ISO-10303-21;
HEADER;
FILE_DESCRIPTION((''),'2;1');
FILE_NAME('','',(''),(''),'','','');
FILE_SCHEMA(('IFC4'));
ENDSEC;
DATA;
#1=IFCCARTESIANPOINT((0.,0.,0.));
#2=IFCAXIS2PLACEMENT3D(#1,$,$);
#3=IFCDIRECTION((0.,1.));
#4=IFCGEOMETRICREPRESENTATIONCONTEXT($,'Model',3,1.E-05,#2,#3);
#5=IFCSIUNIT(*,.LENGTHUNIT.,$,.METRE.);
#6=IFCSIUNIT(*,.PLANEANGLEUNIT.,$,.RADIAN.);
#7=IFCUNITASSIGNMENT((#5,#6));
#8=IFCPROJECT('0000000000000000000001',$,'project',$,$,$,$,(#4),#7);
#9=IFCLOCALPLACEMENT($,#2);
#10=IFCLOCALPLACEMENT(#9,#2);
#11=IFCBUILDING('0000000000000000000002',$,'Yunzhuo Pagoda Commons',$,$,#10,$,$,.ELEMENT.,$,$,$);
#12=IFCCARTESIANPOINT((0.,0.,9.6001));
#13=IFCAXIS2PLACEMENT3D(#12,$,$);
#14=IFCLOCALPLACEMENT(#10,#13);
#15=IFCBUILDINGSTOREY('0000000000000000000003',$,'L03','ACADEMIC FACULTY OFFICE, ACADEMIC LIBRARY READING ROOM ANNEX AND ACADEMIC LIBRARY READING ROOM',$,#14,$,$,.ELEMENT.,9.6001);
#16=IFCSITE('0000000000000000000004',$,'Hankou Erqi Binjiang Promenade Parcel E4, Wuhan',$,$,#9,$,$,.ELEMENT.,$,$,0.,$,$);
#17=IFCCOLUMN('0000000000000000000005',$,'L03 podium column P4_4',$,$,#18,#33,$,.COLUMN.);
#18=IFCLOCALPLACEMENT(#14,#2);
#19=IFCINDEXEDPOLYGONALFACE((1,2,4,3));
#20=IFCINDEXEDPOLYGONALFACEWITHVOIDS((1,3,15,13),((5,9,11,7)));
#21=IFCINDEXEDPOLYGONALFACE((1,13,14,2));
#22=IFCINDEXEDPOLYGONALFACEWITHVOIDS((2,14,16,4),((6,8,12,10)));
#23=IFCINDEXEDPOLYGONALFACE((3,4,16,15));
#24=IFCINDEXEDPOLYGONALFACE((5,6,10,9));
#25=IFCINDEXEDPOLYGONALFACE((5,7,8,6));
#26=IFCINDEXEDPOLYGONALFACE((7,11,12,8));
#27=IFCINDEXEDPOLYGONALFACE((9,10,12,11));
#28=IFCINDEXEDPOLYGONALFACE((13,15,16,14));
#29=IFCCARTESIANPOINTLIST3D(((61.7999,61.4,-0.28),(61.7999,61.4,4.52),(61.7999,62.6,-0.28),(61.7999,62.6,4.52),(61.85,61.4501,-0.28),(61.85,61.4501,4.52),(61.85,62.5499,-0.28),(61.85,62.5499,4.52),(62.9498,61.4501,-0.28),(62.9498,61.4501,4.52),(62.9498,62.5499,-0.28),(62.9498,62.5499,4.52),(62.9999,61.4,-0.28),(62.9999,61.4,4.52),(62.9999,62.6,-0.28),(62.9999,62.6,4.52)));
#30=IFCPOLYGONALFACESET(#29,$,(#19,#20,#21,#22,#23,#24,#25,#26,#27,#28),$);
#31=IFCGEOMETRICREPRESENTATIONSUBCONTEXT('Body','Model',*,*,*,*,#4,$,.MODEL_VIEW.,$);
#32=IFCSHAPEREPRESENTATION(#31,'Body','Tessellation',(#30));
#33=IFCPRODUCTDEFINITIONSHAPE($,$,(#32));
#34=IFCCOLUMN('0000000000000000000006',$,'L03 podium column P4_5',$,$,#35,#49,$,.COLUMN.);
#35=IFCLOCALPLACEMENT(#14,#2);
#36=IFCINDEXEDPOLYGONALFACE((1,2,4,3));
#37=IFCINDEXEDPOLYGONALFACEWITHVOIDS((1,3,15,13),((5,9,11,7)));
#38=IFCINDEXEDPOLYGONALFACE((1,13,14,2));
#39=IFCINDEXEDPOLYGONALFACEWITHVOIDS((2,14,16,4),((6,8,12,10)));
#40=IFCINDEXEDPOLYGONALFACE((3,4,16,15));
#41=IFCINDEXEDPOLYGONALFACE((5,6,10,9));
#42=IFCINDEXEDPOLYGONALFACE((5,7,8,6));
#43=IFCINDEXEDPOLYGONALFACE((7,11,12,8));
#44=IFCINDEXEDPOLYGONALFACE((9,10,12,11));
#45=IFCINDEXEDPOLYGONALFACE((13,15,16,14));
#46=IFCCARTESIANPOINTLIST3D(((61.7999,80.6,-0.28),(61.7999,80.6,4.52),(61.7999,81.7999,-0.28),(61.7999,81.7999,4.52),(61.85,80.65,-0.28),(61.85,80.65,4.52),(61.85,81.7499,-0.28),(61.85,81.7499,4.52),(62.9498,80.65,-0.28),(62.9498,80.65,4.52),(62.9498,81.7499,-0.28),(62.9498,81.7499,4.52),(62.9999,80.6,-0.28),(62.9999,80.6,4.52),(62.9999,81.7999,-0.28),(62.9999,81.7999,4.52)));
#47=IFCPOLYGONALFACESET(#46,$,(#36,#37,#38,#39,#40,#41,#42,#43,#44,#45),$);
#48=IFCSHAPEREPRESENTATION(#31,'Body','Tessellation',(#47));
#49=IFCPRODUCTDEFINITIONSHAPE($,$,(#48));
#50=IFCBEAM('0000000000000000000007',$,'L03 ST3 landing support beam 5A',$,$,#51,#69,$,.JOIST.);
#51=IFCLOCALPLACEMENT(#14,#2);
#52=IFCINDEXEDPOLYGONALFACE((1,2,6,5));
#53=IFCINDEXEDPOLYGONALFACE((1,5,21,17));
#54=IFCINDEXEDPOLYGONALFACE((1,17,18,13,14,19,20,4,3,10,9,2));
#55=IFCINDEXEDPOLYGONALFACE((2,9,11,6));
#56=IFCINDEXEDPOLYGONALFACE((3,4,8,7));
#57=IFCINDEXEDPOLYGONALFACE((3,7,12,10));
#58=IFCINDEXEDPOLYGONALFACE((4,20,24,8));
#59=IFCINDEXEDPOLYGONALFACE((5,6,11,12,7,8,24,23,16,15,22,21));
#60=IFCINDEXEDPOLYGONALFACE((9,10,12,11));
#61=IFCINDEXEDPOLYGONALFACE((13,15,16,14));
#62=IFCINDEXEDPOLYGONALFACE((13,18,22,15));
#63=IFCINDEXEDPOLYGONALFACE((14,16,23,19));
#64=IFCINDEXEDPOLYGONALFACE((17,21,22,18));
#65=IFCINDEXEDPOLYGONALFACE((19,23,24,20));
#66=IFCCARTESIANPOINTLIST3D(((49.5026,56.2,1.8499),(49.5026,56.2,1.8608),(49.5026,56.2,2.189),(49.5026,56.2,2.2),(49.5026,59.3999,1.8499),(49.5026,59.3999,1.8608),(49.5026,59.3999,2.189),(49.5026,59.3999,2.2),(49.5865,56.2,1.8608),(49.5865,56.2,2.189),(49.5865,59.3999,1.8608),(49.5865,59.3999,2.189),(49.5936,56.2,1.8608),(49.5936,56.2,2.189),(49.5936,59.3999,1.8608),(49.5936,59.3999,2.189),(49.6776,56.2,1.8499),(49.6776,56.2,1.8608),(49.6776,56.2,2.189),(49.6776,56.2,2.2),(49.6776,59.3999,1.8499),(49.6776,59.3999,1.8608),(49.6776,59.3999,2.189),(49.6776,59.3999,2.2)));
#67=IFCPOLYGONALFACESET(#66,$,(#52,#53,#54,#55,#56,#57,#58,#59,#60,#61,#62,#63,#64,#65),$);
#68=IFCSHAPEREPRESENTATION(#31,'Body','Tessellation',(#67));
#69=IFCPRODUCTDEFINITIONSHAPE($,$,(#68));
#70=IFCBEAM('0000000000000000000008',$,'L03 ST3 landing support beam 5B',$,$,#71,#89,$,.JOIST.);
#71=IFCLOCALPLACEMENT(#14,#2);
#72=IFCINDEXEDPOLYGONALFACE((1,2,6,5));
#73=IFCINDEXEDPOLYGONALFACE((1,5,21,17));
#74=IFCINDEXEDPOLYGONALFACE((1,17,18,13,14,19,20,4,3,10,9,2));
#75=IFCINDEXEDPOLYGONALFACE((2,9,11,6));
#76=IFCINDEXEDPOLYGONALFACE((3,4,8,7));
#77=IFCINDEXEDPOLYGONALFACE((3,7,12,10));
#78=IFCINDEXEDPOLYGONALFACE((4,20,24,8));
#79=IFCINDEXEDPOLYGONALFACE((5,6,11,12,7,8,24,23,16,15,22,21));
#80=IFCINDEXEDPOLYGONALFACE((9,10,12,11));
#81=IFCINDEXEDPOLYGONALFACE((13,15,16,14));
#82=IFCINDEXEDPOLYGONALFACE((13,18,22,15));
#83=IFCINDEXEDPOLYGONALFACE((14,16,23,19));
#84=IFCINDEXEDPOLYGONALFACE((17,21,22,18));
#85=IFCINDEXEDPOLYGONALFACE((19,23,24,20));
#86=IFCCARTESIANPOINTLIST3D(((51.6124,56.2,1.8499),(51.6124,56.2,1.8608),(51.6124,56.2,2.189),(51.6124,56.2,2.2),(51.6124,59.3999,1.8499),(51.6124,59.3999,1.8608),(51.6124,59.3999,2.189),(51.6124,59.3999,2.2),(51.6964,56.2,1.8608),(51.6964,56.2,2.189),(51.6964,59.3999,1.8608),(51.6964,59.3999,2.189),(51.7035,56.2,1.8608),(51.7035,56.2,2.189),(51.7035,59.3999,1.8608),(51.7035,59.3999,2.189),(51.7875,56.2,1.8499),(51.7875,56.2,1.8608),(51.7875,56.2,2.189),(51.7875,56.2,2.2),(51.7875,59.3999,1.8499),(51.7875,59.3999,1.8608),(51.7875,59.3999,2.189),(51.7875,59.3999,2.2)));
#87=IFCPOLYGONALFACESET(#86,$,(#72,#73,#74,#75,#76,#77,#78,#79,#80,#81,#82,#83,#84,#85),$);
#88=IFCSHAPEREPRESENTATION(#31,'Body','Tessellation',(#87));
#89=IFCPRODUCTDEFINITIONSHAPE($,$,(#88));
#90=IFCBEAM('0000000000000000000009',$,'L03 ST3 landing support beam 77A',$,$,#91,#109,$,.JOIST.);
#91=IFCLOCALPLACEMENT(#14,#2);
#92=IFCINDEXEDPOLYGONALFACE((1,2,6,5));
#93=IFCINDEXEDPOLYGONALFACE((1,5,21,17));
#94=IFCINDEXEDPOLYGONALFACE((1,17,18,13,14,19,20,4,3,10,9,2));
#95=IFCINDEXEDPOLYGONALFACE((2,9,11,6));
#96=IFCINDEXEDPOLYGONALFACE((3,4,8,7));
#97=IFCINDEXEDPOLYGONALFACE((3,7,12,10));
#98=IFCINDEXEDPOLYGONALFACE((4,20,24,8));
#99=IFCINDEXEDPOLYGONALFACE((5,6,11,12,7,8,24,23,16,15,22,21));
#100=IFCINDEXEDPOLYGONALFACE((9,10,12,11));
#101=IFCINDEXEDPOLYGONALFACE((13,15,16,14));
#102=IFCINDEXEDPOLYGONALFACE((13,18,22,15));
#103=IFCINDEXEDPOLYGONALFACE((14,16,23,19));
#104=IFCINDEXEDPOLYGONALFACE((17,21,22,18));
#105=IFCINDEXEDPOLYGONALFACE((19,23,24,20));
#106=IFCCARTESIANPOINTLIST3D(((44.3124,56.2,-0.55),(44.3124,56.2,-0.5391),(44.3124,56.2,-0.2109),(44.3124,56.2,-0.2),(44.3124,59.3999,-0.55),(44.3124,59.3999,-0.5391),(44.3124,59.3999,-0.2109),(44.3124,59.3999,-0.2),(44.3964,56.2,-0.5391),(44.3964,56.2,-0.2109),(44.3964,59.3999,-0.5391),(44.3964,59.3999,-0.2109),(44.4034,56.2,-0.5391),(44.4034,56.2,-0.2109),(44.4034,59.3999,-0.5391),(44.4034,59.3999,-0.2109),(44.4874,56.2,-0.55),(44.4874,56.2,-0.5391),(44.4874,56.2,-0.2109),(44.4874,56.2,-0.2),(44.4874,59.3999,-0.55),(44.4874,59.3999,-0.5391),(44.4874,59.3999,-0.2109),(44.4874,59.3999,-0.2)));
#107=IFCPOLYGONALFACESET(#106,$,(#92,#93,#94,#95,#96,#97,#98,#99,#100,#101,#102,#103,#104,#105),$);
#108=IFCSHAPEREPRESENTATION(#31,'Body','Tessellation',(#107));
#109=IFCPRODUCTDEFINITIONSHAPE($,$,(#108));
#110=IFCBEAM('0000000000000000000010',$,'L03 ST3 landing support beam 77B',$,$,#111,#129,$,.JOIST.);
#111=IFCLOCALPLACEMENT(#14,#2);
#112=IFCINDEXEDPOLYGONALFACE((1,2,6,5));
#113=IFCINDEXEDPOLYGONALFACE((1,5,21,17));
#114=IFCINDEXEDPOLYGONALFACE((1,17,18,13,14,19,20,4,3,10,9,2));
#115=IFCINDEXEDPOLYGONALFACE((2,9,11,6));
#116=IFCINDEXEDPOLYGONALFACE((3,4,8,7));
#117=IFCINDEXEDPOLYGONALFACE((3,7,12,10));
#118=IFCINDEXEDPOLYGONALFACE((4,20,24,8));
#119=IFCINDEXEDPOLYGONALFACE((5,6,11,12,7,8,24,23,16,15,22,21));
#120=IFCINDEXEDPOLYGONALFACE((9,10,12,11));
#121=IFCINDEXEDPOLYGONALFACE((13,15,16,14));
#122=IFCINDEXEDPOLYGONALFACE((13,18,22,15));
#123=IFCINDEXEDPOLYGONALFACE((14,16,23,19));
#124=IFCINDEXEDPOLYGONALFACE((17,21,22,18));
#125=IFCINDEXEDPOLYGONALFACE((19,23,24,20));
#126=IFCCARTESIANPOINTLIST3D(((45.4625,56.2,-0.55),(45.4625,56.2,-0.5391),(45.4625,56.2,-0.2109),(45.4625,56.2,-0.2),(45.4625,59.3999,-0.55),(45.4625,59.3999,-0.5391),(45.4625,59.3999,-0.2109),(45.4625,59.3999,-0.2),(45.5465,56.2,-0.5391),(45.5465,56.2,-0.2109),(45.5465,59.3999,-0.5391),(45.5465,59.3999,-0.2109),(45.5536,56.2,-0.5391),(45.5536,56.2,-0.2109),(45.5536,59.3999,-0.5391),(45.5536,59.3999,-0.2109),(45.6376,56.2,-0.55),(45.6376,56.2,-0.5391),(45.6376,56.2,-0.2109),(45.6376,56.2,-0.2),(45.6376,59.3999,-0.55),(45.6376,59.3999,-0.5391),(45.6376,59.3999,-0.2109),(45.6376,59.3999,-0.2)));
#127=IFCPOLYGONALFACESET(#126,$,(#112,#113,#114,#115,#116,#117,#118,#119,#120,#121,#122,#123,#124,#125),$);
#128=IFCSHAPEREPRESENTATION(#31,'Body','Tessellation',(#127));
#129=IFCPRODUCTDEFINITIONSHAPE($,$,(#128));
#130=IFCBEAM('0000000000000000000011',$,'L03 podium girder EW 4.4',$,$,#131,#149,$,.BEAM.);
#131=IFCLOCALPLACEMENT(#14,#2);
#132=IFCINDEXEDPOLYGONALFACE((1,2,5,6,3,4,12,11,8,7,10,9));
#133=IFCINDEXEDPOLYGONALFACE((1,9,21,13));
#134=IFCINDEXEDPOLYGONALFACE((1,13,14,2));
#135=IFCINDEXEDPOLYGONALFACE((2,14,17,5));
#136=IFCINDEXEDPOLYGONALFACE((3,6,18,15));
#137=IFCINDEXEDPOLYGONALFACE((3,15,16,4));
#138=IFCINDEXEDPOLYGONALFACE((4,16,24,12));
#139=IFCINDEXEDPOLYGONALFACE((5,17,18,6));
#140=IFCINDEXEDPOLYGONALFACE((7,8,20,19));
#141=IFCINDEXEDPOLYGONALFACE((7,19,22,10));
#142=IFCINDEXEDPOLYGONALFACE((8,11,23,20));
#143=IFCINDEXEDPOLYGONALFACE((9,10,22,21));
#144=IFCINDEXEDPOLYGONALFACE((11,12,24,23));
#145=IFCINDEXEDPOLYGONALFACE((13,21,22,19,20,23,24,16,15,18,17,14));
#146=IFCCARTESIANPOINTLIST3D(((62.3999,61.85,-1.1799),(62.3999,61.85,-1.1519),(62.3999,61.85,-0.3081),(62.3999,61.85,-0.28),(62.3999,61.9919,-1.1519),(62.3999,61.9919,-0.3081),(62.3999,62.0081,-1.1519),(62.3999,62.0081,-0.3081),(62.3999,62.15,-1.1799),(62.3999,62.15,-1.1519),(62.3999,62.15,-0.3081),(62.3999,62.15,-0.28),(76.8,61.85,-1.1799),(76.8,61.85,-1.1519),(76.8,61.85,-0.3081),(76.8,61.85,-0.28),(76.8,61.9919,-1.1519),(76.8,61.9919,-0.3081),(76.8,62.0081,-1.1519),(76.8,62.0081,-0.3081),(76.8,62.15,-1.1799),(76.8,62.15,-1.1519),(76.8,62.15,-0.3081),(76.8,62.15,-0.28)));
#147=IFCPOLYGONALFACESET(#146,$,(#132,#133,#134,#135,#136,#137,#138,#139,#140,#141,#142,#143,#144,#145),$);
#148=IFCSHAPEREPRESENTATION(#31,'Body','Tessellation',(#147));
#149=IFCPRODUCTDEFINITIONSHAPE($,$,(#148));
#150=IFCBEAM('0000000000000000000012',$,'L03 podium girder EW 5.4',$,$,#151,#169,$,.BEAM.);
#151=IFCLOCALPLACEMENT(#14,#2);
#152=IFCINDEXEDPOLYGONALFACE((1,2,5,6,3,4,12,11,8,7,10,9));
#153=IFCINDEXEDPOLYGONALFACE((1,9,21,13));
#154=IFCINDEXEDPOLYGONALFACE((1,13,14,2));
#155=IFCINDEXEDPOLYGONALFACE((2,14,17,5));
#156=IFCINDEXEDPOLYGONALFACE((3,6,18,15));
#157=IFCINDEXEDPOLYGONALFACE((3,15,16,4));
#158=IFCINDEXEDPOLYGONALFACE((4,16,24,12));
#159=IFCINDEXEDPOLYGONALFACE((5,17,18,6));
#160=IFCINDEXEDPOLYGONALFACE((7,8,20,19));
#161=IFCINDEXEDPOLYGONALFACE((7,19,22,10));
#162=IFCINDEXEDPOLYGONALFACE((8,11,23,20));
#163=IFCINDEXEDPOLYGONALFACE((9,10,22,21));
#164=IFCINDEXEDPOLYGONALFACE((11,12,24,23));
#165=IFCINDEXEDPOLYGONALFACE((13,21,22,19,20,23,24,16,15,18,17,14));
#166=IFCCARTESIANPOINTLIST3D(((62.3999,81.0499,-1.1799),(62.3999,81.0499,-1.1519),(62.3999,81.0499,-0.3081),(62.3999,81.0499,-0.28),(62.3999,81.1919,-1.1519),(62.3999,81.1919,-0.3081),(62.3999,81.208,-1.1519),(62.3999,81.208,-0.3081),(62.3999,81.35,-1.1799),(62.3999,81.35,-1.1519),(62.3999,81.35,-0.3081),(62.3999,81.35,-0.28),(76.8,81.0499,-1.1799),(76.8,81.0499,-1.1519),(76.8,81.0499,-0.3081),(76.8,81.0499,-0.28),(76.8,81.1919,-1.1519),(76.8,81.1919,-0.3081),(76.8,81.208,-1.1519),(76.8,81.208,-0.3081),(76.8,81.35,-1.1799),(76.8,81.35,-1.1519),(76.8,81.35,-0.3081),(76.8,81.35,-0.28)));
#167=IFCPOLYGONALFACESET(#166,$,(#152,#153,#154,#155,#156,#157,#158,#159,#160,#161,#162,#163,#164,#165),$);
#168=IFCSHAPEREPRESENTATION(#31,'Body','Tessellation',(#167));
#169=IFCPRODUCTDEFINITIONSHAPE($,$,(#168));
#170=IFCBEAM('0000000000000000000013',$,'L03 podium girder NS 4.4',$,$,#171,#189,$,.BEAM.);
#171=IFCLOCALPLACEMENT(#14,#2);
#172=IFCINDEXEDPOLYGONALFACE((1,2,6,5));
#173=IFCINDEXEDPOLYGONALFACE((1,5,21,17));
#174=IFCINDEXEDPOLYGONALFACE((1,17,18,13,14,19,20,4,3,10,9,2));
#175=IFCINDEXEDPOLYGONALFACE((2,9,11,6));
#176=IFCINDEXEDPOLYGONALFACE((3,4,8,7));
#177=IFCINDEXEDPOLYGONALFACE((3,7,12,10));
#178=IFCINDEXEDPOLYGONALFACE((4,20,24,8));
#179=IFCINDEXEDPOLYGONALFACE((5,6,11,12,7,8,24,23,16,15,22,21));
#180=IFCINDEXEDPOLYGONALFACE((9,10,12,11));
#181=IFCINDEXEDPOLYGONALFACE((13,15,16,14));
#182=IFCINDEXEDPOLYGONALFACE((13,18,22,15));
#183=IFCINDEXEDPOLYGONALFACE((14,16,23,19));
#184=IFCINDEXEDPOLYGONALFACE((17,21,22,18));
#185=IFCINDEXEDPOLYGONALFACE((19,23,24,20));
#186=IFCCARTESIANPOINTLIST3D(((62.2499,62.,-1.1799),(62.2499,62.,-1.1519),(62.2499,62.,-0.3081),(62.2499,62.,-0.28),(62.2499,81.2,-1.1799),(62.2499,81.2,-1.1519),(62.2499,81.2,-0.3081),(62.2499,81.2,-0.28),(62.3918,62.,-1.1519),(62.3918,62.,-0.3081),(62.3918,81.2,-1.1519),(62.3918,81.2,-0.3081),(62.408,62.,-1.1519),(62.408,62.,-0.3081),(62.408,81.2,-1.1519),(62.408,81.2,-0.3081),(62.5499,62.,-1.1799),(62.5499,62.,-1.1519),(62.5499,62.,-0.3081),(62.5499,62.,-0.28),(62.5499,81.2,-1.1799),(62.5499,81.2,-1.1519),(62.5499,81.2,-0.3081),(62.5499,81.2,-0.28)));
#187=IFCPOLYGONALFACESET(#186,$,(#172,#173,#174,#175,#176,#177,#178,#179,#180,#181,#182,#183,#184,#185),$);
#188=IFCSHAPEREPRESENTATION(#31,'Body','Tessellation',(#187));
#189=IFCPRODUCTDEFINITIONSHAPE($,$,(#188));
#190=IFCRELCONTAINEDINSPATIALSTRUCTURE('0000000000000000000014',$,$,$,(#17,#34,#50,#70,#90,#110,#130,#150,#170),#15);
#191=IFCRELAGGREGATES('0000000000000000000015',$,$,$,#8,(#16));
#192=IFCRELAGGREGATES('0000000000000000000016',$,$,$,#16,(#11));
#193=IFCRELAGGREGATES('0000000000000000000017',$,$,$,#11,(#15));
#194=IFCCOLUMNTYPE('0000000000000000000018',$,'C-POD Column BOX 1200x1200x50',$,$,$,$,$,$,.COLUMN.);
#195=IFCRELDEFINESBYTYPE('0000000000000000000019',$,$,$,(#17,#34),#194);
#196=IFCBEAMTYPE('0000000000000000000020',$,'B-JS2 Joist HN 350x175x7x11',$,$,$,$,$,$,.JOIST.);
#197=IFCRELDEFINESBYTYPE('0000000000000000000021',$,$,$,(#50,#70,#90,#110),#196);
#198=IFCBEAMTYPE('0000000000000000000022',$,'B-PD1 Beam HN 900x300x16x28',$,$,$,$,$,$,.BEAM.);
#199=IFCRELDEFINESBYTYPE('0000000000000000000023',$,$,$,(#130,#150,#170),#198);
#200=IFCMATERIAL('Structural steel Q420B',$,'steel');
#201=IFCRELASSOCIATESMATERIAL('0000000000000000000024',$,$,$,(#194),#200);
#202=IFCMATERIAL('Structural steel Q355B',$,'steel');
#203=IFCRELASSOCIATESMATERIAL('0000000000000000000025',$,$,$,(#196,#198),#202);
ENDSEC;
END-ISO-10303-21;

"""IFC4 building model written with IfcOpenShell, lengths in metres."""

from ifc_helpers import new_model, si_unit, direction, frame, origin, origin_2d, place, context, subcontext, project, spatial, hollow_rectangle, i_section, extrude, source, transform, mapped, material, material_profile, profile_set, type_object, element, save


model = new_model("IFC4")

# Units and contexts
model_context = context("Model", 3, precision=1e-05, world=origin(), true_north=direction((0.0, 1.0)))
body_context = subcontext(model_context, "Body", "Model", "MODEL_VIEW")
ifc_project = project(units=[si_unit("LENGTHUNIT", "METRE"), si_unit("PLANEANGLEUNIT", "RADIAN")], contexts=[model_context])

# Site, building, storey
site_placement = place(None, origin())
site = spatial("IfcSite", under=ifc_project, at=site_placement, Name="Hankou Erqi Binjiang Promenade Parcel E4, Wuhan", CompositionType="ELEMENT", RefElevation=0.0)
building_placement = place(site_placement, origin())
building = spatial("IfcBuilding", under=site, at=building_placement, Name="Yunzhuo Pagoda Commons", CompositionType="ELEMENT")
storey_placement = place(building_placement, frame((0.0, 0.0, 9.6001)))
storey = spatial("IfcBuildingStorey", under=building, at=storey_placement, Name="L03", Description="ACADEMIC FACULTY OFFICE, ACADEMIC LIBRARY READING ROOM ANNEX AND ACADEMIC LIBRARY READING ROOM", CompositionType="ELEMENT", Elevation=9.6001)

# Columns
ifc_material_1 = material(Name="Structural steel Q420B", Category="steel")
ifc_material_profile_1 = material_profile(ifc_material_1, hollow_rectangle(XDim=1.2, YDim=1.2, WallThickness=0.05, at=origin_2d()), Name="Structural steel Q420B")
ifc_profile_set_1 = profile_set([ifc_material_profile_1], Name="Structural steel Q420B")
column_type = type_object("IfcColumnType", Name="C-POD Column BOX 1200x1200x50", PredefinedType="COLUMN", material=ifc_profile_set_1)
shared_shape_1 = source(origin(), body_context, "Body", "SweptSolid", [
    extrude(hollow_rectangle(XDim=1.2, YDim=1.2, WallThickness=0.05, at=origin_2d()), origin(), (0.0, 0.0, 1.0), 4.8),
])
for number, where, z_axis, x_axis, name in (
    (1, (62.3999, 62.0, -0.28), (0.0, 0.0, 1.0), (1.0, 0.0, 0.0), "L03 podium column P4_4"),
    (2, (62.3999, 81.2, -0.28), (0.0, 0.0, 1.0), (1.0, 0.0, 0.0), "L03 podium column P4_5"),
):
    element("IfcColumn", number, at=place(storey_placement, frame(where, z_axis=z_axis, x_axis=x_axis)), inside=storey, type_object=column_type, Name=name, PredefinedType="COLUMN", context=body_context, shape_type="MappedRepresentation", body=[
        mapped(shared_shape_1, transform((0.0, 0.0, 0.0), scale=1.0)),
    ])

# Beams
ifc_material_2 = material(Name="Structural steel Q355B", Category="steel")
ifc_material_profile_2 = material_profile(ifc_material_2, i_section(OverallWidth=0.175, OverallDepth=0.3501, WebThickness=0.0071, FlangeThickness=0.011, at=origin_2d()), Name="Structural steel Q355B")
ifc_profile_set_2 = profile_set([ifc_material_profile_2], Name="Structural steel Q355B")
beam_type_1 = type_object("IfcBeamType", Name="B-JS2 Joist HN 350x175x7x11", PredefinedType="JOIST", material=ifc_profile_set_2)
shared_shape_2 = source(origin(), body_context, "Body", "SweptSolid", [
    extrude(i_section(OverallWidth=0.175, OverallDepth=0.3501, WebThickness=0.0071, FlangeThickness=0.011, at=origin_2d()), origin(), (0.0, 0.0, 1.0), 3.2),
])
for number, where, z_axis, x_axis, name in (
    (3, (49.5901, 56.2, 2.0249), (0.0, 1.0, 0.0), (-1.0, 0.0, 0.0), "L03 ST3 landing support beam 5A"),
    (4, (51.7, 56.2, 2.0249), (0.0, 1.0, 0.0), (-1.0, 0.0, 0.0), "L03 ST3 landing support beam 5B"),
    (5, (44.3999, 56.2, -0.375), (0.0, 1.0, 0.0), (-1.0, 0.0, 0.0), "L03 ST3 landing support beam 77A"),
    (6, (45.55, 56.2, -0.375), (0.0, 1.0, 0.0), (-1.0, 0.0, 0.0), "L03 ST3 landing support beam 77B"),
):
    element("IfcBeam", number, at=place(storey_placement, frame(where, z_axis=z_axis, x_axis=x_axis)), inside=storey, type_object=beam_type_1, Name=name, PredefinedType="JOIST", context=body_context, shape_type="MappedRepresentation", body=[
        mapped(shared_shape_2, transform((0.0, 0.0, 0.0), scale=1.0)),
    ])
ifc_material_profile_3 = material_profile(ifc_material_2, i_section(OverallWidth=0.3, OverallDepth=0.8999, WebThickness=0.0161, FlangeThickness=0.0281, at=origin_2d()), Name="Structural steel Q355B")
ifc_profile_set_3 = profile_set([ifc_material_profile_3], Name="Structural steel Q355B")
beam_type_2 = type_object("IfcBeamType", Name="B-PD1 Beam HN 900x300x16x28", PredefinedType="BEAM", material=ifc_profile_set_3)
shared_shape_3 = source(origin(), body_context, "Body", "SweptSolid", [
    extrude(i_section(OverallWidth=0.3, OverallDepth=0.8999, WebThickness=0.0161, FlangeThickness=0.0281, at=origin_2d()), origin(), (0.0, 0.0, 1.0), 14.4001),
])
for number, where, z_axis, x_axis, name in (
    (7, (62.3999, 62.0, -0.73), (1.0, 0.0, 0.0), (0.0, 1.0, 0.0), "L03 podium girder EW 4.4"),
    (8, (62.3999, 81.2, -0.73), (1.0, 0.0, 0.0), (0.0, 1.0, 0.0), "L03 podium girder EW 5.4"),
):
    element("IfcBeam", number, at=place(storey_placement, frame(where, z_axis=z_axis, x_axis=x_axis)), inside=storey, type_object=beam_type_2, Name=name, PredefinedType="BEAM", context=body_context, shape_type="MappedRepresentation", body=[
        mapped(shared_shape_3, transform((0.0, 0.0, 0.0), scale=1.0)),
    ])
shared_shape_4 = source(origin(), body_context, "Body", "SweptSolid", [
    extrude(i_section(OverallWidth=0.3, OverallDepth=0.8999, WebThickness=0.0161, FlangeThickness=0.0281, at=origin_2d()), origin(), (0.0, 0.0, 1.0), 19.2),
])
beam_1_placement = place(storey_placement, frame((62.3999, 62.0, -0.73), z_axis=(0.0, 1.0, 0.0), x_axis=(-1.0, 0.0, 0.0)))
element("IfcBeam", 9, at=beam_1_placement, inside=storey, type_object=beam_type_2, Name="L03 podium girder NS 4.4", PredefinedType="BEAM", context=body_context, shape_type="MappedRepresentation", body=[
    mapped(shared_shape_4, transform((0.0, 0.0, 0.0), scale=1.0)),
])

save(model, "model.ifc")
